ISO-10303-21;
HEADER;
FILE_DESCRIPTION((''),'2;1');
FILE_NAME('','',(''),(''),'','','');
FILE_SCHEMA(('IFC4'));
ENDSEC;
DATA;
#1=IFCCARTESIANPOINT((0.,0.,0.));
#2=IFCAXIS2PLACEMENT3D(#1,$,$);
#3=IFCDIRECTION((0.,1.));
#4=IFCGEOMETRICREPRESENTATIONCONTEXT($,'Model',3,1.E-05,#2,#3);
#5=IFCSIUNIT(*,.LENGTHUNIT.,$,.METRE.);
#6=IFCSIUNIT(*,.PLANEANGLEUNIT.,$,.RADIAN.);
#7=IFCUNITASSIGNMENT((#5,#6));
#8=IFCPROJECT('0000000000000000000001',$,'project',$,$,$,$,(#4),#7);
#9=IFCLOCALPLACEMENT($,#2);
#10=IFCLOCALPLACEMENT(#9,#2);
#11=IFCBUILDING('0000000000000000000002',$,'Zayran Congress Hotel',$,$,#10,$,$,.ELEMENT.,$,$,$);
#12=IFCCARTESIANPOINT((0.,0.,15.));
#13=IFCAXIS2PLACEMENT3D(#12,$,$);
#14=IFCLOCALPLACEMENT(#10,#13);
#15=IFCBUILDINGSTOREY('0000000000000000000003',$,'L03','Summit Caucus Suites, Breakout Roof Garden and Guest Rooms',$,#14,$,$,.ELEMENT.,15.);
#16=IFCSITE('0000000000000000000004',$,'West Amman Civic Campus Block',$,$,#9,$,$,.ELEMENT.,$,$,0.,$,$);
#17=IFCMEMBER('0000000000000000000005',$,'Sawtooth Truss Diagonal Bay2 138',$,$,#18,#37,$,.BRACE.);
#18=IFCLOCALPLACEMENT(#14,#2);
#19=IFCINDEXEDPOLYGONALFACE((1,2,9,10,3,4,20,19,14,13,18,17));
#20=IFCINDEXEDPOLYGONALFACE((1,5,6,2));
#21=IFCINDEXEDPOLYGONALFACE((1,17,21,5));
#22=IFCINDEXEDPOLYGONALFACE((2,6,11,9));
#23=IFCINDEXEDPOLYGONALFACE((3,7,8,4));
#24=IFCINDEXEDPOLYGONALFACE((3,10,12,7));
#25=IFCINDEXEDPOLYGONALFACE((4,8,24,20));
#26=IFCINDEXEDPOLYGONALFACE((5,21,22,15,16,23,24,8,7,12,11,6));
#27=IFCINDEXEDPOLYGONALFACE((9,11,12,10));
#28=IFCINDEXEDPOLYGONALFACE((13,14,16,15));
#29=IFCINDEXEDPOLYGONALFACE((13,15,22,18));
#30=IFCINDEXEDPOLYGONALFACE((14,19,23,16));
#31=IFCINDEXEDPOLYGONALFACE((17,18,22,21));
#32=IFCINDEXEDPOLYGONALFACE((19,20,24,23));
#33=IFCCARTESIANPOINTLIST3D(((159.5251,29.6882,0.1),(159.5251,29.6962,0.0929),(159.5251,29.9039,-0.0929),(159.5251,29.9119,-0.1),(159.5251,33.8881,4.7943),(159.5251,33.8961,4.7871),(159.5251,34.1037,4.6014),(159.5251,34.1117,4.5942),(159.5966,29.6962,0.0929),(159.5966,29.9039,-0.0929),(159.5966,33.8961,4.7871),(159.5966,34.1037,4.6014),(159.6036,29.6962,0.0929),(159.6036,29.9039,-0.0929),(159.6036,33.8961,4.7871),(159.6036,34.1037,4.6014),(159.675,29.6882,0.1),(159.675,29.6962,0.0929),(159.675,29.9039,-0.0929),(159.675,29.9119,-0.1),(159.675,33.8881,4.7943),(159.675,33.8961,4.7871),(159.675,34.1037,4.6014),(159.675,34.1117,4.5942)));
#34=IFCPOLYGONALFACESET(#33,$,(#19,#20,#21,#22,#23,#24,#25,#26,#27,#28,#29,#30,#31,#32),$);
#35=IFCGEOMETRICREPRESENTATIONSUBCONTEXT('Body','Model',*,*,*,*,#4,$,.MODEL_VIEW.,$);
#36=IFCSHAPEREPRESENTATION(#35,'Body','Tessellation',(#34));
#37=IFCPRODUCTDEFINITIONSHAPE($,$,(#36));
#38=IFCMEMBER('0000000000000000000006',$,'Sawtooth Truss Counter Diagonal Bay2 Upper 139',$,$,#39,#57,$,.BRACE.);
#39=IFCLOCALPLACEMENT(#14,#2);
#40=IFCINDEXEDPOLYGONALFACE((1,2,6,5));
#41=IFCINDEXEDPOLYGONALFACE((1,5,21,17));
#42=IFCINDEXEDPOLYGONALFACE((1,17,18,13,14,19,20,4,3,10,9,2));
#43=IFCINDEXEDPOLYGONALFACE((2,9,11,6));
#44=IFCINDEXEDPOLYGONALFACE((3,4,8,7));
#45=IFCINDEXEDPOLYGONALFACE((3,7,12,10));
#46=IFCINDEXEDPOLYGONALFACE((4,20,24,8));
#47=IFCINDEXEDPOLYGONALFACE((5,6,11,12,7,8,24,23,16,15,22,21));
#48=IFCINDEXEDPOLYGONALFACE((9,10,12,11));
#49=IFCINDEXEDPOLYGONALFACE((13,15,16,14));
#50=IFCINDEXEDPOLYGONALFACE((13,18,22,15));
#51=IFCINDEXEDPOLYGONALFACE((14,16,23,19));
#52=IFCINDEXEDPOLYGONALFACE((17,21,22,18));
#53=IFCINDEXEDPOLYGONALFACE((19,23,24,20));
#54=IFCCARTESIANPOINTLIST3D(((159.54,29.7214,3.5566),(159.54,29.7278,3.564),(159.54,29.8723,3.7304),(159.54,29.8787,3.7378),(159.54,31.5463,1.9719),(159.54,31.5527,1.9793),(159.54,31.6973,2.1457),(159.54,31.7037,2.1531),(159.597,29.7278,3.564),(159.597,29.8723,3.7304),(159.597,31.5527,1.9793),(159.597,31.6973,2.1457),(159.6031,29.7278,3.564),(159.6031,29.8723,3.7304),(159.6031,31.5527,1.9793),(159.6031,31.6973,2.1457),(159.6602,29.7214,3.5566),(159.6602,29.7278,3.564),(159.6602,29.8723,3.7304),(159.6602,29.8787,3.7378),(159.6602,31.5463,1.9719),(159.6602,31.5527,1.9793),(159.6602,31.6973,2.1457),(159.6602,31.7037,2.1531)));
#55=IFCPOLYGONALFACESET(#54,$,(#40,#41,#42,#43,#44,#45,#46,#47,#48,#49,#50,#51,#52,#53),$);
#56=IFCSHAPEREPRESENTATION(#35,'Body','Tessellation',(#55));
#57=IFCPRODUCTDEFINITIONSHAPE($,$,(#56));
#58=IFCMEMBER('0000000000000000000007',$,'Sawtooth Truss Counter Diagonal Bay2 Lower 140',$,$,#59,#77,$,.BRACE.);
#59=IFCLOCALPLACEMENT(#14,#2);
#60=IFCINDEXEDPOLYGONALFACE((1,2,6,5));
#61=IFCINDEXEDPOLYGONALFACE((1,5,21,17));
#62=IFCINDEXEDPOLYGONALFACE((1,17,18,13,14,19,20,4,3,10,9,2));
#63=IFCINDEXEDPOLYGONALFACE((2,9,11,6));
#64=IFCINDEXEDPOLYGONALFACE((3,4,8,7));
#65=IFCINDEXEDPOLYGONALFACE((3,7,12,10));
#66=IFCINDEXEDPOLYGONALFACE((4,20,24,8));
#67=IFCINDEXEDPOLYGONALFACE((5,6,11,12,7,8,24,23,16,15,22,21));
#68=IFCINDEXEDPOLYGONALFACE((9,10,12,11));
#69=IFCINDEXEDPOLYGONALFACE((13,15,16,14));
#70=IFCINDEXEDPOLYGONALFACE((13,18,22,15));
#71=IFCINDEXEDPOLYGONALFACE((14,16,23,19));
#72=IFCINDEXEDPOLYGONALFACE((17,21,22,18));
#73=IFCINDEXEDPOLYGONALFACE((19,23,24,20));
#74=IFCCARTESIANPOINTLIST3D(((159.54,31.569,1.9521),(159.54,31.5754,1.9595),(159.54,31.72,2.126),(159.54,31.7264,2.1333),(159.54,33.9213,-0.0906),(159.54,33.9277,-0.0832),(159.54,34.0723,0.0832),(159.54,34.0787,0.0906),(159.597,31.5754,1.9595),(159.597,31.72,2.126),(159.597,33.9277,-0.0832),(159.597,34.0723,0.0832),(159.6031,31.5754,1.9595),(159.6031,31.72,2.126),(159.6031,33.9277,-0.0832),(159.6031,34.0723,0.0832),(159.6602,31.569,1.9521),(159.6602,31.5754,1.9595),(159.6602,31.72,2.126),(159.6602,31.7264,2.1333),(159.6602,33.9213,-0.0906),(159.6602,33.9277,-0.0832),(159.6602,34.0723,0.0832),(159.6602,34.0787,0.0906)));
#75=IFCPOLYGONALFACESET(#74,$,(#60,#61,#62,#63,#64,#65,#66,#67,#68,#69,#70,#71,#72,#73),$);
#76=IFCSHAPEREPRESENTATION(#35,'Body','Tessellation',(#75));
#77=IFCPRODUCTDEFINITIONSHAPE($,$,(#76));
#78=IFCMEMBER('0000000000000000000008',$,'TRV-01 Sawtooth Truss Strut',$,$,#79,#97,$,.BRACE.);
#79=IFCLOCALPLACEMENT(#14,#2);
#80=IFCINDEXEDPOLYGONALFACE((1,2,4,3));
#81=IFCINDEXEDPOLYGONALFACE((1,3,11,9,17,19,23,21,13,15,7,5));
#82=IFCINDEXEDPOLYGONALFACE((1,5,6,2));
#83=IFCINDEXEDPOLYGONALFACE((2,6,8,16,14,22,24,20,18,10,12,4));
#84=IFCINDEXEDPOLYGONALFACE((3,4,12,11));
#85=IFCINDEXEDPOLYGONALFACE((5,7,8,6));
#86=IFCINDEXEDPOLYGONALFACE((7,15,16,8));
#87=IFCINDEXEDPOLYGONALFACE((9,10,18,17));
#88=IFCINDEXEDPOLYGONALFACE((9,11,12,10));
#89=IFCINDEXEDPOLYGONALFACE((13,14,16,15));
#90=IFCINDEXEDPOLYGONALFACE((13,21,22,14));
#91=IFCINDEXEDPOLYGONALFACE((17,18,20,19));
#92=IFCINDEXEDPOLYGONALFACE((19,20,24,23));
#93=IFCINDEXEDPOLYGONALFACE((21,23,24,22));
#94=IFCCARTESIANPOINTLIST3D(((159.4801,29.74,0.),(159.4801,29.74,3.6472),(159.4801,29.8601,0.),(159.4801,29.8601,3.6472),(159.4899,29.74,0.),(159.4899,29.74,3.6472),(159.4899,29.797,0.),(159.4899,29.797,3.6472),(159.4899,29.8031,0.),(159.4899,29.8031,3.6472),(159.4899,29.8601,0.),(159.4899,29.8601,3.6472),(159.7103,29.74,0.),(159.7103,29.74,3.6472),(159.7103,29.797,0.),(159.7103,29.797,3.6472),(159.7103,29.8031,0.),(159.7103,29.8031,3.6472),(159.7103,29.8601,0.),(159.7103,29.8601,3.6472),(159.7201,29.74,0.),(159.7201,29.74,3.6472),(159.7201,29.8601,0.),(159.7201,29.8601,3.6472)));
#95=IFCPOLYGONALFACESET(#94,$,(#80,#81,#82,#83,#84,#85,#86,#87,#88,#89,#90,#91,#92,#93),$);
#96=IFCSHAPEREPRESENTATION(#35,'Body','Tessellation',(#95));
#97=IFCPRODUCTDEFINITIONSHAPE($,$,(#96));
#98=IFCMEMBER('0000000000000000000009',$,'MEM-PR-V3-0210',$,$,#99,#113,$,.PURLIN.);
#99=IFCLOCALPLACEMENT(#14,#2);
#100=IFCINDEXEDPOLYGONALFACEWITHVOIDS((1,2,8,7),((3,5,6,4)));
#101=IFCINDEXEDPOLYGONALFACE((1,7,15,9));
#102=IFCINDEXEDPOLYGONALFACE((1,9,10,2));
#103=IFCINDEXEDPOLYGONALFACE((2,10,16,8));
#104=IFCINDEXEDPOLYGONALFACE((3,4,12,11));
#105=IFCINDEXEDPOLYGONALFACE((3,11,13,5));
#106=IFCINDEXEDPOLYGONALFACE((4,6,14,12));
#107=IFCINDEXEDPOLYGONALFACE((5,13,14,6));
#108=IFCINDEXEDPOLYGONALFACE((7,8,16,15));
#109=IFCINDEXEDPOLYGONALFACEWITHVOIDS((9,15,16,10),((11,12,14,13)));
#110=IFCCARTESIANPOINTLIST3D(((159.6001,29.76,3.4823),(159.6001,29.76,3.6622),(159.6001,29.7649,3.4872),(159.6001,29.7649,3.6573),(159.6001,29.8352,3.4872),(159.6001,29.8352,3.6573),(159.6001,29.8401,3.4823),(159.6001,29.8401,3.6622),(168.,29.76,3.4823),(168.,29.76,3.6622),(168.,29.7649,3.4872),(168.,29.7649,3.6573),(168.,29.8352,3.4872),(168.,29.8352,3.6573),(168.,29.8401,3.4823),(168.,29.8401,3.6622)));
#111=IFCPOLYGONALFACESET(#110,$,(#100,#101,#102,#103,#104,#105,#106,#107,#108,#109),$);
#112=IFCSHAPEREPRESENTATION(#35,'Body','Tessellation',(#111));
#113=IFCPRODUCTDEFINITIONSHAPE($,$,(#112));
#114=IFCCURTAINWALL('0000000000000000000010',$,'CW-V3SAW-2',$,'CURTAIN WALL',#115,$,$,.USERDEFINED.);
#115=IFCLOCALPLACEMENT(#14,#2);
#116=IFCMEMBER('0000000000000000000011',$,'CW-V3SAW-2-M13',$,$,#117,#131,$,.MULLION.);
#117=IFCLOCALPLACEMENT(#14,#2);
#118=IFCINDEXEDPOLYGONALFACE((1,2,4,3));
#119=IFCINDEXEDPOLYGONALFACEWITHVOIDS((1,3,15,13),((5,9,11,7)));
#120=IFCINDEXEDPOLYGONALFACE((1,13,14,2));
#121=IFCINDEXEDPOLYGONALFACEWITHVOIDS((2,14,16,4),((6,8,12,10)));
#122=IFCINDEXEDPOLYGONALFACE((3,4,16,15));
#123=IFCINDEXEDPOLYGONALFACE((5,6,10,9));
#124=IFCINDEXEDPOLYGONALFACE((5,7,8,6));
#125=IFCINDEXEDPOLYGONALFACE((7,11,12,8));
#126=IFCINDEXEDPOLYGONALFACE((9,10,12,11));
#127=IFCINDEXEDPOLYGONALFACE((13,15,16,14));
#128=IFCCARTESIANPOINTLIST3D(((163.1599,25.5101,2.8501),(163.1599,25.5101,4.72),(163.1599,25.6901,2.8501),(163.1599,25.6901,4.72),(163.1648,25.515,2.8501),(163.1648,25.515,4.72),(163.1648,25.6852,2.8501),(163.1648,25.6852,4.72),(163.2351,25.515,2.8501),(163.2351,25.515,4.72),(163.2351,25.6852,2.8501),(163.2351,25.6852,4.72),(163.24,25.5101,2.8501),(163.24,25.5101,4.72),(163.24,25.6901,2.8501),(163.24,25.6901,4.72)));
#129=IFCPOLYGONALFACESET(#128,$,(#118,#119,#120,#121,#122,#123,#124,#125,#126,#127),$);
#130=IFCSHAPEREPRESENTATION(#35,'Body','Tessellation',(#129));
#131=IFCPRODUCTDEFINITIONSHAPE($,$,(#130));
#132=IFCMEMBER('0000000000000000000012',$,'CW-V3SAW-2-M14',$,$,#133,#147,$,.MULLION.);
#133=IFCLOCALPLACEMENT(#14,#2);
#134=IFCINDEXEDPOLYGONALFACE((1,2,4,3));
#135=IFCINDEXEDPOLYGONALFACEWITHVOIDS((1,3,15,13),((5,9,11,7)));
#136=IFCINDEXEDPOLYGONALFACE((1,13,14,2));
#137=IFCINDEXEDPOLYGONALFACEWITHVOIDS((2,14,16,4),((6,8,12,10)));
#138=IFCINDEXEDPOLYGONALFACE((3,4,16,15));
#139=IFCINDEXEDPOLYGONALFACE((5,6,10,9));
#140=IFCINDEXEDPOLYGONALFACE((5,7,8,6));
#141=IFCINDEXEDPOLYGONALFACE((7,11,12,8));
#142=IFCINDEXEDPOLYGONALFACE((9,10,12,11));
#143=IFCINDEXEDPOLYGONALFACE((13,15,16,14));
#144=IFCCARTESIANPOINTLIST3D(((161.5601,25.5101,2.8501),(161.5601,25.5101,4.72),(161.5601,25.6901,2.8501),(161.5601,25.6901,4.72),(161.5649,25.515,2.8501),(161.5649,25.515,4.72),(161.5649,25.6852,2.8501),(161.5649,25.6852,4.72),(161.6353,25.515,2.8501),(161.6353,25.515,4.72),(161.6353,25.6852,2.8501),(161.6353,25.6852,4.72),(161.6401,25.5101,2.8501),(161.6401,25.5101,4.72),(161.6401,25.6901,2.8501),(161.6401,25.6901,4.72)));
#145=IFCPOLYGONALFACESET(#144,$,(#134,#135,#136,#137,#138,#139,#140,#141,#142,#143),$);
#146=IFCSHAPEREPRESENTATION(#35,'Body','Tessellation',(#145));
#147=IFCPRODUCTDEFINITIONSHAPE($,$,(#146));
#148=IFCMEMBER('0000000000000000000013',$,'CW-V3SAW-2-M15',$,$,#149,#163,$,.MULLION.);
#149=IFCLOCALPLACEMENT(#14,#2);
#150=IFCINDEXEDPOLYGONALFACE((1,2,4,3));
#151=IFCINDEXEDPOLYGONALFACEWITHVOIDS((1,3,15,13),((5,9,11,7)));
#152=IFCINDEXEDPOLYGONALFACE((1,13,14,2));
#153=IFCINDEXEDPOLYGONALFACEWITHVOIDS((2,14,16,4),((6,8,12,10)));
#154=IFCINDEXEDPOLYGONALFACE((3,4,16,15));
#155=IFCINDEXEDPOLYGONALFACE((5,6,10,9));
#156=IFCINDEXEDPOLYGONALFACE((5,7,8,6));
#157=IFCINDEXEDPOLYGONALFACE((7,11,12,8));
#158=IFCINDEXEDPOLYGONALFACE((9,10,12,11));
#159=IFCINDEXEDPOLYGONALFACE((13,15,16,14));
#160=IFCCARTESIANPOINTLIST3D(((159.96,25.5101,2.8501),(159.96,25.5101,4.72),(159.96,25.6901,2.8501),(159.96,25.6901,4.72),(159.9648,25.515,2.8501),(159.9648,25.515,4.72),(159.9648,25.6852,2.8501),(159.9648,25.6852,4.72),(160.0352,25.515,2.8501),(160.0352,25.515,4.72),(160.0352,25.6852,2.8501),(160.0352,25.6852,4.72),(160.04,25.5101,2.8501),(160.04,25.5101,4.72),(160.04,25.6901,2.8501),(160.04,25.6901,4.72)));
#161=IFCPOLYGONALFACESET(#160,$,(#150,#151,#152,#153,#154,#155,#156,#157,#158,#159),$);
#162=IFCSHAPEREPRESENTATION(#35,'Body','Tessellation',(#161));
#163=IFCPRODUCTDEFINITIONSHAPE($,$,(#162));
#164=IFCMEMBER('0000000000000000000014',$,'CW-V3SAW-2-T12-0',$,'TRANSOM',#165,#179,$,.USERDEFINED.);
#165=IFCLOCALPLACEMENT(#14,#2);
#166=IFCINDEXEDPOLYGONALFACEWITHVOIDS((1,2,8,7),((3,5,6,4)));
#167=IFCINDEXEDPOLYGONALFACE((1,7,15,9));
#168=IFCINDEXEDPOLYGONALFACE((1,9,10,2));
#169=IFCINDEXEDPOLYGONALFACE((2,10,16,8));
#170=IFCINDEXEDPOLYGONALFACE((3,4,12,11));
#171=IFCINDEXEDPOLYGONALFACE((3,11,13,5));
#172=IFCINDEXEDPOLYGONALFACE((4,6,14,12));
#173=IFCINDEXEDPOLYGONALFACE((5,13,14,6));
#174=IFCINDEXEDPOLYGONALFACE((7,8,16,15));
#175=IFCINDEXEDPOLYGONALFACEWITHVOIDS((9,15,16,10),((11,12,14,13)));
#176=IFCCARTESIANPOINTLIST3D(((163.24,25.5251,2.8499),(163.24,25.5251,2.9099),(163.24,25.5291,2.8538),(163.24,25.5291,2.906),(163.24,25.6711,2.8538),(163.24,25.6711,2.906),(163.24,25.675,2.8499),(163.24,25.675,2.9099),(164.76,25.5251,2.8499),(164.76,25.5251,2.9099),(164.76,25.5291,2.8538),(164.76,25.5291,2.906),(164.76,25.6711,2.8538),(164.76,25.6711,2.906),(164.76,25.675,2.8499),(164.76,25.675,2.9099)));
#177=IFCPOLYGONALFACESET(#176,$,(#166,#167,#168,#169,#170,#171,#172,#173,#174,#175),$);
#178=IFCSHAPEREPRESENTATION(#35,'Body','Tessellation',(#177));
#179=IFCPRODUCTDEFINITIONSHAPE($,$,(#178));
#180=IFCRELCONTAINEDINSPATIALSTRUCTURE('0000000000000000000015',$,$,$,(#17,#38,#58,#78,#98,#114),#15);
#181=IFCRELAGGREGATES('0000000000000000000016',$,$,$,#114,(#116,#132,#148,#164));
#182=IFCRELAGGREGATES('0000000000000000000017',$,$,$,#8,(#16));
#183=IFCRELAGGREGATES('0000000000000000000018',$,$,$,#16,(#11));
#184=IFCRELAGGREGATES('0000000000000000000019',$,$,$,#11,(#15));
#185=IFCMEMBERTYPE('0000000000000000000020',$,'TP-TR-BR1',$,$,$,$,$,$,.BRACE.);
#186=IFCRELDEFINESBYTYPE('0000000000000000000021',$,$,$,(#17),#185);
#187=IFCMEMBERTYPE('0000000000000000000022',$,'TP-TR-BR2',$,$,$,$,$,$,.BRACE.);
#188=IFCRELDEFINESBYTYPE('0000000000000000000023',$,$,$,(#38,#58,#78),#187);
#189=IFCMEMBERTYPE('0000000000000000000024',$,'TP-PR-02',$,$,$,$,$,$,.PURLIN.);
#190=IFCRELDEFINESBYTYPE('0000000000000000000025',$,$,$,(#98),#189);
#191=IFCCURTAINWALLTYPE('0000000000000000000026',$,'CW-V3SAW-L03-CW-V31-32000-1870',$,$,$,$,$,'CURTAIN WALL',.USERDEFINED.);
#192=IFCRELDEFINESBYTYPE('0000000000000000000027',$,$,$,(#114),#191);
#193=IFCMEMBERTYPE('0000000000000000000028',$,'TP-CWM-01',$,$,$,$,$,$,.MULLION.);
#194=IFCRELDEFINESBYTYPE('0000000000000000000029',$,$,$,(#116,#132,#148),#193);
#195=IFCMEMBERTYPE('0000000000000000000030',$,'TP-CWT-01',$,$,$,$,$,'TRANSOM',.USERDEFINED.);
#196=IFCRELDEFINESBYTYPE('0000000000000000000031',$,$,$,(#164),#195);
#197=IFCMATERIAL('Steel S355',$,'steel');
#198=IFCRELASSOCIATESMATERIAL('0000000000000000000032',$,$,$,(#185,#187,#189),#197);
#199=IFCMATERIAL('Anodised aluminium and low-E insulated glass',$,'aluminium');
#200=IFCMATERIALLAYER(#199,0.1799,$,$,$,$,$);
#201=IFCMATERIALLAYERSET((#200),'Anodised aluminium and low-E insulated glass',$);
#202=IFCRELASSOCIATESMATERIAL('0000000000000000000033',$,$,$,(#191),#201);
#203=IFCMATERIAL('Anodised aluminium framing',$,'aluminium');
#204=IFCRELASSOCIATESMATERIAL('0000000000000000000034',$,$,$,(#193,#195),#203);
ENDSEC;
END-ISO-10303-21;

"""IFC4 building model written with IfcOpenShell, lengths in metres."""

from ifc_helpers import new_model, si_unit, direction, frame, origin, origin_2d, place, context, subcontext, project, spatial, hollow_rectangle, i_section, extrude, material, layer, layer_set, material_profile, profile_set, type_object, element, aggregate, save


model = new_model("IFC4")

# Units and contexts
model_context = context("Model", 3, precision=1e-05, world=origin(), true_north=direction((0.0, 1.0)))
body_context = subcontext(model_context, "Body", "Model", "MODEL_VIEW")
ifc_project = project(units=[si_unit("LENGTHUNIT", "METRE"), si_unit("PLANEANGLEUNIT", "RADIAN")], contexts=[model_context])

# Site, building, storey
site_placement = place(None, origin())
site = spatial("IfcSite", under=ifc_project, at=site_placement, Name="West Amman Civic Campus Block", CompositionType="ELEMENT", RefElevation=0.0)
building_placement = place(site_placement, origin())
building = spatial("IfcBuilding", under=site, at=building_placement, Name="Zayran Congress Hotel", CompositionType="ELEMENT")
storey_placement = place(building_placement, frame((0.0, 0.0, 15.0)))
storey = spatial("IfcBuildingStorey", under=building, at=storey_placement, Name="L03", Description="Summit Caucus Suites, Breakout Roof Garden and Guest Rooms", CompositionType="ELEMENT", Elevation=15.0)

# Members
ifc_material_1 = material(Name="Steel S355", Category="steel")
ifc_material_profile_1 = material_profile(ifc_material_1, i_section(OverallWidth=0.1499, OverallDepth=0.3, WebThickness=0.0071, FlangeThickness=0.0107, at=origin_2d()), Name="IPE 300")
ifc_profile_set_1 = profile_set([ifc_material_profile_1], Name="Steel S355")
member_type_1 = type_object("IfcMemberType", Name="TP-TR-BR1", PredefinedType="BRACE", material=ifc_profile_set_1)
member_1_placement = place(storey_placement, frame((159.6001, 29.8, 0.0), z_axis=(0.0, 0.666773, 0.745261), x_axis=(-1.0, 0.0, 0.0)))
element("IfcMember", 1, at=member_1_placement, inside=storey, type_object=member_type_1, Name="Sawtooth Truss Diagonal Bay2 138", PredefinedType="BRACE", context=body_context, shape_type="SweptSolid", body=[
    extrude(i_section(OverallWidth=0.1499, OverallDepth=0.3, WebThickness=0.0071, FlangeThickness=0.0107, at=origin_2d()), origin(), (0.0, 0.0, 1.0), 6.2988),
])
ifc_material_profile_2 = material_profile(ifc_material_1, i_section(OverallWidth=0.1201, OverallDepth=0.24, WebThickness=0.0061, FlangeThickness=0.0098, at=origin_2d()), Name="IPE 240")
ifc_profile_set_2 = profile_set([ifc_material_profile_2], Name="Steel S355")
member_type_2 = type_object("IfcMemberType", Name="TP-TR-BR2", PredefinedType="BRACE", material=ifc_profile_set_2)
member_2_placement = place(storey_placement, frame((159.6001, 29.8, 3.6472), z_axis=(0.0, 0.755055, -0.655661), x_axis=(-1.0, 0.0, 0.0)))
element("IfcMember", 2, at=member_2_placement, inside=storey, type_object=member_type_2, Name="Sawtooth Truss Counter Diagonal Bay2 Upper 139", PredefinedType="BRACE", context=body_context, shape_type="SweptSolid", body=[
    extrude(i_section(OverallWidth=0.1201, OverallDepth=0.24, WebThickness=0.0061, FlangeThickness=0.0098, at=origin_2d()), origin(), (0.0, 0.0, 1.0), 2.417),
])
member_3_placement = place(storey_placement, frame((159.6001, 31.6477, 2.0427), z_axis=(0.0, 0.755042, -0.655676), x_axis=(-1.0, 0.0, 0.0)))
element("IfcMember", 3, at=member_3_placement, inside=storey, type_object=member_type_2, Name="Sawtooth Truss Counter Diagonal Bay2 Lower 140", PredefinedType="BRACE", context=body_context, shape_type="SweptSolid", body=[
    extrude(i_section(OverallWidth=0.1201, OverallDepth=0.24, WebThickness=0.0061, FlangeThickness=0.0098, at=origin_2d()), origin(), (0.0, 0.0, 1.0), 3.1155),
])
member_4_placement = place(storey_placement, frame((159.6001, 29.8, 0.0), z_axis=(0.0, 0.0, 1.0), x_axis=(0.0, 1.0, 0.0)))
element("IfcMember", 4, at=member_4_placement, inside=storey, type_object=member_type_2, Name="TRV-01 Sawtooth Truss Strut", PredefinedType="BRACE", context=body_context, shape_type="SweptSolid", body=[
    extrude(i_section(OverallWidth=0.1201, OverallDepth=0.24, WebThickness=0.0061, FlangeThickness=0.0098, at=origin_2d()), origin(), (0.0, 0.0, 1.0), 3.6472),
])
ifc_material_profile_3 = material_profile(ifc_material_1, hollow_rectangle(XDim=0.0801, YDim=0.1799, WallThickness=0.0049, at=origin_2d()), Name="RHS 180x80x5")
ifc_profile_set_3 = profile_set([ifc_material_profile_3], Name="Steel S355")
member_type_3 = type_object("IfcMemberType", Name="TP-PR-02", PredefinedType="PURLIN", material=ifc_profile_set_3)
member_5_placement = place(storey_placement, frame((159.6001, 29.8, 3.5723), z_axis=(1.0, 0.0, 0.0), x_axis=(0.0, 1.0, 0.0)))
element("IfcMember", 5, at=member_5_placement, inside=storey, type_object=member_type_3, Name="MEM-PR-V3-0210", PredefinedType="PURLIN", context=body_context, shape_type="SweptSolid", body=[
    extrude(hollow_rectangle(XDim=0.0801, YDim=0.1799, WallThickness=0.0049, at=origin_2d()), origin(), (0.0, 0.0, 1.0), 8.3999),
])

# Curtain wall, members
ifc_material_2 = material(Name="Anodised aluminium and low-E insulated glass", Category="aluminium")
ifc_layer_1 = layer(ifc_material_2, 0.1799)
ifc_layer_set_1 = layer_set([ifc_layer_1], Name="Anodised aluminium and low-E insulated glass")
curtain_wall_type = type_object("IfcCurtainWallType", Name="CW-V3SAW-L03-CW-V31-32000-1870", ElementType="CURTAIN WALL", PredefinedType="USERDEFINED", material=ifc_layer_set_1)
curtain_wall_placement = place(storey_placement, origin())
curtain_wall = element("IfcCurtainWall", 6, at=curtain_wall_placement, inside=storey, type_object=curtain_wall_type, Name="CW-V3SAW-2", ObjectType="CURTAIN WALL", PredefinedType="USERDEFINED")
ifc_material_3 = material(Name="Anodised aluminium framing", Category="aluminium")
ifc_material_profile_4 = material_profile(ifc_material_3, hollow_rectangle(XDim=0.0801, YDim=0.1799, WallThickness=0.0049, at=origin_2d()), Name="RHS 180x80x5")
ifc_profile_set_4 = profile_set([ifc_material_profile_4], Name="Anodised aluminium framing")
member_type_4 = type_object("IfcMemberType", Name="TP-CWM-01", PredefinedType="MULLION", material=ifc_profile_set_4)
member_6_placement = place(storey_placement, frame((163.2, 25.6001, 2.8501), z_axis=(0.0, 0.0, 1.0), x_axis=(1.0, 0.0, 0.0)))
member_6 = element("IfcMember", 7, at=member_6_placement, type_object=member_type_4, Name="CW-V3SAW-2-M13", PredefinedType="MULLION", context=body_context, shape_type="SweptSolid", body=[
    extrude(hollow_rectangle(XDim=0.0801, YDim=0.1799, WallThickness=0.0049, at=origin_2d()), origin(), (0.0, 0.0, 1.0), 1.8699),
])
member_7_placement = place(storey_placement, frame((161.6001, 25.6001, 2.8501), z_axis=(0.0, 0.0, 1.0), x_axis=(1.0, 0.0, 0.0)))
member_7 = element("IfcMember", 8, at=member_7_placement, type_object=member_type_4, Name="CW-V3SAW-2-M14", PredefinedType="MULLION", context=body_context, shape_type="SweptSolid", body=[
    extrude(hollow_rectangle(XDim=0.0801, YDim=0.1799, WallThickness=0.0049, at=origin_2d()), origin(), (0.0, 0.0, 1.0), 1.8699),
])
member_8_placement = place(storey_placement, frame((160.0, 25.6001, 2.8501), z_axis=(0.0, 0.0, 1.0), x_axis=(1.0, 0.0, 0.0)))
member_8 = element("IfcMember", 9, at=member_8_placement, type_object=member_type_4, Name="CW-V3SAW-2-M15", PredefinedType="MULLION", context=body_context, shape_type="SweptSolid", body=[
    extrude(hollow_rectangle(XDim=0.0801, YDim=0.1799, WallThickness=0.0049, at=origin_2d()), origin(), (0.0, 0.0, 1.0), 1.8699),
])
ifc_material_profile_5 = material_profile(ifc_material_3, hollow_rectangle(XDim=0.0601, YDim=0.1499, WallThickness=0.0039, at=origin_2d()), Name="RHS 150x60x4")
ifc_profile_set_5 = profile_set([ifc_material_profile_5], Name="Anodised aluminium framing")
member_type_5 = type_object("IfcMemberType", Name="TP-CWT-01", ElementType="TRANSOM", PredefinedType="USERDEFINED", material=ifc_profile_set_5)
member_9_placement = place(storey_placement, frame((164.76, 25.6001, 2.8799), z_axis=(-1.0, 0.0, 0.0), x_axis=(0.0, 0.0, 1.0)))
member_9 = element("IfcMember", 10, at=member_9_placement, type_object=member_type_5, Name="CW-V3SAW-2-T12-0", ObjectType="TRANSOM", PredefinedType="USERDEFINED", context=body_context, shape_type="SweptSolid", body=[
    extrude(hollow_rectangle(XDim=0.0601, YDim=0.1499, WallThickness=0.0039, at=origin_2d()), origin(), (0.0, 0.0, 1.0), 1.52),
])

aggregate(curtain_wall, [member_6, member_7, member_8, member_9])

save(model, "model.ifc")
